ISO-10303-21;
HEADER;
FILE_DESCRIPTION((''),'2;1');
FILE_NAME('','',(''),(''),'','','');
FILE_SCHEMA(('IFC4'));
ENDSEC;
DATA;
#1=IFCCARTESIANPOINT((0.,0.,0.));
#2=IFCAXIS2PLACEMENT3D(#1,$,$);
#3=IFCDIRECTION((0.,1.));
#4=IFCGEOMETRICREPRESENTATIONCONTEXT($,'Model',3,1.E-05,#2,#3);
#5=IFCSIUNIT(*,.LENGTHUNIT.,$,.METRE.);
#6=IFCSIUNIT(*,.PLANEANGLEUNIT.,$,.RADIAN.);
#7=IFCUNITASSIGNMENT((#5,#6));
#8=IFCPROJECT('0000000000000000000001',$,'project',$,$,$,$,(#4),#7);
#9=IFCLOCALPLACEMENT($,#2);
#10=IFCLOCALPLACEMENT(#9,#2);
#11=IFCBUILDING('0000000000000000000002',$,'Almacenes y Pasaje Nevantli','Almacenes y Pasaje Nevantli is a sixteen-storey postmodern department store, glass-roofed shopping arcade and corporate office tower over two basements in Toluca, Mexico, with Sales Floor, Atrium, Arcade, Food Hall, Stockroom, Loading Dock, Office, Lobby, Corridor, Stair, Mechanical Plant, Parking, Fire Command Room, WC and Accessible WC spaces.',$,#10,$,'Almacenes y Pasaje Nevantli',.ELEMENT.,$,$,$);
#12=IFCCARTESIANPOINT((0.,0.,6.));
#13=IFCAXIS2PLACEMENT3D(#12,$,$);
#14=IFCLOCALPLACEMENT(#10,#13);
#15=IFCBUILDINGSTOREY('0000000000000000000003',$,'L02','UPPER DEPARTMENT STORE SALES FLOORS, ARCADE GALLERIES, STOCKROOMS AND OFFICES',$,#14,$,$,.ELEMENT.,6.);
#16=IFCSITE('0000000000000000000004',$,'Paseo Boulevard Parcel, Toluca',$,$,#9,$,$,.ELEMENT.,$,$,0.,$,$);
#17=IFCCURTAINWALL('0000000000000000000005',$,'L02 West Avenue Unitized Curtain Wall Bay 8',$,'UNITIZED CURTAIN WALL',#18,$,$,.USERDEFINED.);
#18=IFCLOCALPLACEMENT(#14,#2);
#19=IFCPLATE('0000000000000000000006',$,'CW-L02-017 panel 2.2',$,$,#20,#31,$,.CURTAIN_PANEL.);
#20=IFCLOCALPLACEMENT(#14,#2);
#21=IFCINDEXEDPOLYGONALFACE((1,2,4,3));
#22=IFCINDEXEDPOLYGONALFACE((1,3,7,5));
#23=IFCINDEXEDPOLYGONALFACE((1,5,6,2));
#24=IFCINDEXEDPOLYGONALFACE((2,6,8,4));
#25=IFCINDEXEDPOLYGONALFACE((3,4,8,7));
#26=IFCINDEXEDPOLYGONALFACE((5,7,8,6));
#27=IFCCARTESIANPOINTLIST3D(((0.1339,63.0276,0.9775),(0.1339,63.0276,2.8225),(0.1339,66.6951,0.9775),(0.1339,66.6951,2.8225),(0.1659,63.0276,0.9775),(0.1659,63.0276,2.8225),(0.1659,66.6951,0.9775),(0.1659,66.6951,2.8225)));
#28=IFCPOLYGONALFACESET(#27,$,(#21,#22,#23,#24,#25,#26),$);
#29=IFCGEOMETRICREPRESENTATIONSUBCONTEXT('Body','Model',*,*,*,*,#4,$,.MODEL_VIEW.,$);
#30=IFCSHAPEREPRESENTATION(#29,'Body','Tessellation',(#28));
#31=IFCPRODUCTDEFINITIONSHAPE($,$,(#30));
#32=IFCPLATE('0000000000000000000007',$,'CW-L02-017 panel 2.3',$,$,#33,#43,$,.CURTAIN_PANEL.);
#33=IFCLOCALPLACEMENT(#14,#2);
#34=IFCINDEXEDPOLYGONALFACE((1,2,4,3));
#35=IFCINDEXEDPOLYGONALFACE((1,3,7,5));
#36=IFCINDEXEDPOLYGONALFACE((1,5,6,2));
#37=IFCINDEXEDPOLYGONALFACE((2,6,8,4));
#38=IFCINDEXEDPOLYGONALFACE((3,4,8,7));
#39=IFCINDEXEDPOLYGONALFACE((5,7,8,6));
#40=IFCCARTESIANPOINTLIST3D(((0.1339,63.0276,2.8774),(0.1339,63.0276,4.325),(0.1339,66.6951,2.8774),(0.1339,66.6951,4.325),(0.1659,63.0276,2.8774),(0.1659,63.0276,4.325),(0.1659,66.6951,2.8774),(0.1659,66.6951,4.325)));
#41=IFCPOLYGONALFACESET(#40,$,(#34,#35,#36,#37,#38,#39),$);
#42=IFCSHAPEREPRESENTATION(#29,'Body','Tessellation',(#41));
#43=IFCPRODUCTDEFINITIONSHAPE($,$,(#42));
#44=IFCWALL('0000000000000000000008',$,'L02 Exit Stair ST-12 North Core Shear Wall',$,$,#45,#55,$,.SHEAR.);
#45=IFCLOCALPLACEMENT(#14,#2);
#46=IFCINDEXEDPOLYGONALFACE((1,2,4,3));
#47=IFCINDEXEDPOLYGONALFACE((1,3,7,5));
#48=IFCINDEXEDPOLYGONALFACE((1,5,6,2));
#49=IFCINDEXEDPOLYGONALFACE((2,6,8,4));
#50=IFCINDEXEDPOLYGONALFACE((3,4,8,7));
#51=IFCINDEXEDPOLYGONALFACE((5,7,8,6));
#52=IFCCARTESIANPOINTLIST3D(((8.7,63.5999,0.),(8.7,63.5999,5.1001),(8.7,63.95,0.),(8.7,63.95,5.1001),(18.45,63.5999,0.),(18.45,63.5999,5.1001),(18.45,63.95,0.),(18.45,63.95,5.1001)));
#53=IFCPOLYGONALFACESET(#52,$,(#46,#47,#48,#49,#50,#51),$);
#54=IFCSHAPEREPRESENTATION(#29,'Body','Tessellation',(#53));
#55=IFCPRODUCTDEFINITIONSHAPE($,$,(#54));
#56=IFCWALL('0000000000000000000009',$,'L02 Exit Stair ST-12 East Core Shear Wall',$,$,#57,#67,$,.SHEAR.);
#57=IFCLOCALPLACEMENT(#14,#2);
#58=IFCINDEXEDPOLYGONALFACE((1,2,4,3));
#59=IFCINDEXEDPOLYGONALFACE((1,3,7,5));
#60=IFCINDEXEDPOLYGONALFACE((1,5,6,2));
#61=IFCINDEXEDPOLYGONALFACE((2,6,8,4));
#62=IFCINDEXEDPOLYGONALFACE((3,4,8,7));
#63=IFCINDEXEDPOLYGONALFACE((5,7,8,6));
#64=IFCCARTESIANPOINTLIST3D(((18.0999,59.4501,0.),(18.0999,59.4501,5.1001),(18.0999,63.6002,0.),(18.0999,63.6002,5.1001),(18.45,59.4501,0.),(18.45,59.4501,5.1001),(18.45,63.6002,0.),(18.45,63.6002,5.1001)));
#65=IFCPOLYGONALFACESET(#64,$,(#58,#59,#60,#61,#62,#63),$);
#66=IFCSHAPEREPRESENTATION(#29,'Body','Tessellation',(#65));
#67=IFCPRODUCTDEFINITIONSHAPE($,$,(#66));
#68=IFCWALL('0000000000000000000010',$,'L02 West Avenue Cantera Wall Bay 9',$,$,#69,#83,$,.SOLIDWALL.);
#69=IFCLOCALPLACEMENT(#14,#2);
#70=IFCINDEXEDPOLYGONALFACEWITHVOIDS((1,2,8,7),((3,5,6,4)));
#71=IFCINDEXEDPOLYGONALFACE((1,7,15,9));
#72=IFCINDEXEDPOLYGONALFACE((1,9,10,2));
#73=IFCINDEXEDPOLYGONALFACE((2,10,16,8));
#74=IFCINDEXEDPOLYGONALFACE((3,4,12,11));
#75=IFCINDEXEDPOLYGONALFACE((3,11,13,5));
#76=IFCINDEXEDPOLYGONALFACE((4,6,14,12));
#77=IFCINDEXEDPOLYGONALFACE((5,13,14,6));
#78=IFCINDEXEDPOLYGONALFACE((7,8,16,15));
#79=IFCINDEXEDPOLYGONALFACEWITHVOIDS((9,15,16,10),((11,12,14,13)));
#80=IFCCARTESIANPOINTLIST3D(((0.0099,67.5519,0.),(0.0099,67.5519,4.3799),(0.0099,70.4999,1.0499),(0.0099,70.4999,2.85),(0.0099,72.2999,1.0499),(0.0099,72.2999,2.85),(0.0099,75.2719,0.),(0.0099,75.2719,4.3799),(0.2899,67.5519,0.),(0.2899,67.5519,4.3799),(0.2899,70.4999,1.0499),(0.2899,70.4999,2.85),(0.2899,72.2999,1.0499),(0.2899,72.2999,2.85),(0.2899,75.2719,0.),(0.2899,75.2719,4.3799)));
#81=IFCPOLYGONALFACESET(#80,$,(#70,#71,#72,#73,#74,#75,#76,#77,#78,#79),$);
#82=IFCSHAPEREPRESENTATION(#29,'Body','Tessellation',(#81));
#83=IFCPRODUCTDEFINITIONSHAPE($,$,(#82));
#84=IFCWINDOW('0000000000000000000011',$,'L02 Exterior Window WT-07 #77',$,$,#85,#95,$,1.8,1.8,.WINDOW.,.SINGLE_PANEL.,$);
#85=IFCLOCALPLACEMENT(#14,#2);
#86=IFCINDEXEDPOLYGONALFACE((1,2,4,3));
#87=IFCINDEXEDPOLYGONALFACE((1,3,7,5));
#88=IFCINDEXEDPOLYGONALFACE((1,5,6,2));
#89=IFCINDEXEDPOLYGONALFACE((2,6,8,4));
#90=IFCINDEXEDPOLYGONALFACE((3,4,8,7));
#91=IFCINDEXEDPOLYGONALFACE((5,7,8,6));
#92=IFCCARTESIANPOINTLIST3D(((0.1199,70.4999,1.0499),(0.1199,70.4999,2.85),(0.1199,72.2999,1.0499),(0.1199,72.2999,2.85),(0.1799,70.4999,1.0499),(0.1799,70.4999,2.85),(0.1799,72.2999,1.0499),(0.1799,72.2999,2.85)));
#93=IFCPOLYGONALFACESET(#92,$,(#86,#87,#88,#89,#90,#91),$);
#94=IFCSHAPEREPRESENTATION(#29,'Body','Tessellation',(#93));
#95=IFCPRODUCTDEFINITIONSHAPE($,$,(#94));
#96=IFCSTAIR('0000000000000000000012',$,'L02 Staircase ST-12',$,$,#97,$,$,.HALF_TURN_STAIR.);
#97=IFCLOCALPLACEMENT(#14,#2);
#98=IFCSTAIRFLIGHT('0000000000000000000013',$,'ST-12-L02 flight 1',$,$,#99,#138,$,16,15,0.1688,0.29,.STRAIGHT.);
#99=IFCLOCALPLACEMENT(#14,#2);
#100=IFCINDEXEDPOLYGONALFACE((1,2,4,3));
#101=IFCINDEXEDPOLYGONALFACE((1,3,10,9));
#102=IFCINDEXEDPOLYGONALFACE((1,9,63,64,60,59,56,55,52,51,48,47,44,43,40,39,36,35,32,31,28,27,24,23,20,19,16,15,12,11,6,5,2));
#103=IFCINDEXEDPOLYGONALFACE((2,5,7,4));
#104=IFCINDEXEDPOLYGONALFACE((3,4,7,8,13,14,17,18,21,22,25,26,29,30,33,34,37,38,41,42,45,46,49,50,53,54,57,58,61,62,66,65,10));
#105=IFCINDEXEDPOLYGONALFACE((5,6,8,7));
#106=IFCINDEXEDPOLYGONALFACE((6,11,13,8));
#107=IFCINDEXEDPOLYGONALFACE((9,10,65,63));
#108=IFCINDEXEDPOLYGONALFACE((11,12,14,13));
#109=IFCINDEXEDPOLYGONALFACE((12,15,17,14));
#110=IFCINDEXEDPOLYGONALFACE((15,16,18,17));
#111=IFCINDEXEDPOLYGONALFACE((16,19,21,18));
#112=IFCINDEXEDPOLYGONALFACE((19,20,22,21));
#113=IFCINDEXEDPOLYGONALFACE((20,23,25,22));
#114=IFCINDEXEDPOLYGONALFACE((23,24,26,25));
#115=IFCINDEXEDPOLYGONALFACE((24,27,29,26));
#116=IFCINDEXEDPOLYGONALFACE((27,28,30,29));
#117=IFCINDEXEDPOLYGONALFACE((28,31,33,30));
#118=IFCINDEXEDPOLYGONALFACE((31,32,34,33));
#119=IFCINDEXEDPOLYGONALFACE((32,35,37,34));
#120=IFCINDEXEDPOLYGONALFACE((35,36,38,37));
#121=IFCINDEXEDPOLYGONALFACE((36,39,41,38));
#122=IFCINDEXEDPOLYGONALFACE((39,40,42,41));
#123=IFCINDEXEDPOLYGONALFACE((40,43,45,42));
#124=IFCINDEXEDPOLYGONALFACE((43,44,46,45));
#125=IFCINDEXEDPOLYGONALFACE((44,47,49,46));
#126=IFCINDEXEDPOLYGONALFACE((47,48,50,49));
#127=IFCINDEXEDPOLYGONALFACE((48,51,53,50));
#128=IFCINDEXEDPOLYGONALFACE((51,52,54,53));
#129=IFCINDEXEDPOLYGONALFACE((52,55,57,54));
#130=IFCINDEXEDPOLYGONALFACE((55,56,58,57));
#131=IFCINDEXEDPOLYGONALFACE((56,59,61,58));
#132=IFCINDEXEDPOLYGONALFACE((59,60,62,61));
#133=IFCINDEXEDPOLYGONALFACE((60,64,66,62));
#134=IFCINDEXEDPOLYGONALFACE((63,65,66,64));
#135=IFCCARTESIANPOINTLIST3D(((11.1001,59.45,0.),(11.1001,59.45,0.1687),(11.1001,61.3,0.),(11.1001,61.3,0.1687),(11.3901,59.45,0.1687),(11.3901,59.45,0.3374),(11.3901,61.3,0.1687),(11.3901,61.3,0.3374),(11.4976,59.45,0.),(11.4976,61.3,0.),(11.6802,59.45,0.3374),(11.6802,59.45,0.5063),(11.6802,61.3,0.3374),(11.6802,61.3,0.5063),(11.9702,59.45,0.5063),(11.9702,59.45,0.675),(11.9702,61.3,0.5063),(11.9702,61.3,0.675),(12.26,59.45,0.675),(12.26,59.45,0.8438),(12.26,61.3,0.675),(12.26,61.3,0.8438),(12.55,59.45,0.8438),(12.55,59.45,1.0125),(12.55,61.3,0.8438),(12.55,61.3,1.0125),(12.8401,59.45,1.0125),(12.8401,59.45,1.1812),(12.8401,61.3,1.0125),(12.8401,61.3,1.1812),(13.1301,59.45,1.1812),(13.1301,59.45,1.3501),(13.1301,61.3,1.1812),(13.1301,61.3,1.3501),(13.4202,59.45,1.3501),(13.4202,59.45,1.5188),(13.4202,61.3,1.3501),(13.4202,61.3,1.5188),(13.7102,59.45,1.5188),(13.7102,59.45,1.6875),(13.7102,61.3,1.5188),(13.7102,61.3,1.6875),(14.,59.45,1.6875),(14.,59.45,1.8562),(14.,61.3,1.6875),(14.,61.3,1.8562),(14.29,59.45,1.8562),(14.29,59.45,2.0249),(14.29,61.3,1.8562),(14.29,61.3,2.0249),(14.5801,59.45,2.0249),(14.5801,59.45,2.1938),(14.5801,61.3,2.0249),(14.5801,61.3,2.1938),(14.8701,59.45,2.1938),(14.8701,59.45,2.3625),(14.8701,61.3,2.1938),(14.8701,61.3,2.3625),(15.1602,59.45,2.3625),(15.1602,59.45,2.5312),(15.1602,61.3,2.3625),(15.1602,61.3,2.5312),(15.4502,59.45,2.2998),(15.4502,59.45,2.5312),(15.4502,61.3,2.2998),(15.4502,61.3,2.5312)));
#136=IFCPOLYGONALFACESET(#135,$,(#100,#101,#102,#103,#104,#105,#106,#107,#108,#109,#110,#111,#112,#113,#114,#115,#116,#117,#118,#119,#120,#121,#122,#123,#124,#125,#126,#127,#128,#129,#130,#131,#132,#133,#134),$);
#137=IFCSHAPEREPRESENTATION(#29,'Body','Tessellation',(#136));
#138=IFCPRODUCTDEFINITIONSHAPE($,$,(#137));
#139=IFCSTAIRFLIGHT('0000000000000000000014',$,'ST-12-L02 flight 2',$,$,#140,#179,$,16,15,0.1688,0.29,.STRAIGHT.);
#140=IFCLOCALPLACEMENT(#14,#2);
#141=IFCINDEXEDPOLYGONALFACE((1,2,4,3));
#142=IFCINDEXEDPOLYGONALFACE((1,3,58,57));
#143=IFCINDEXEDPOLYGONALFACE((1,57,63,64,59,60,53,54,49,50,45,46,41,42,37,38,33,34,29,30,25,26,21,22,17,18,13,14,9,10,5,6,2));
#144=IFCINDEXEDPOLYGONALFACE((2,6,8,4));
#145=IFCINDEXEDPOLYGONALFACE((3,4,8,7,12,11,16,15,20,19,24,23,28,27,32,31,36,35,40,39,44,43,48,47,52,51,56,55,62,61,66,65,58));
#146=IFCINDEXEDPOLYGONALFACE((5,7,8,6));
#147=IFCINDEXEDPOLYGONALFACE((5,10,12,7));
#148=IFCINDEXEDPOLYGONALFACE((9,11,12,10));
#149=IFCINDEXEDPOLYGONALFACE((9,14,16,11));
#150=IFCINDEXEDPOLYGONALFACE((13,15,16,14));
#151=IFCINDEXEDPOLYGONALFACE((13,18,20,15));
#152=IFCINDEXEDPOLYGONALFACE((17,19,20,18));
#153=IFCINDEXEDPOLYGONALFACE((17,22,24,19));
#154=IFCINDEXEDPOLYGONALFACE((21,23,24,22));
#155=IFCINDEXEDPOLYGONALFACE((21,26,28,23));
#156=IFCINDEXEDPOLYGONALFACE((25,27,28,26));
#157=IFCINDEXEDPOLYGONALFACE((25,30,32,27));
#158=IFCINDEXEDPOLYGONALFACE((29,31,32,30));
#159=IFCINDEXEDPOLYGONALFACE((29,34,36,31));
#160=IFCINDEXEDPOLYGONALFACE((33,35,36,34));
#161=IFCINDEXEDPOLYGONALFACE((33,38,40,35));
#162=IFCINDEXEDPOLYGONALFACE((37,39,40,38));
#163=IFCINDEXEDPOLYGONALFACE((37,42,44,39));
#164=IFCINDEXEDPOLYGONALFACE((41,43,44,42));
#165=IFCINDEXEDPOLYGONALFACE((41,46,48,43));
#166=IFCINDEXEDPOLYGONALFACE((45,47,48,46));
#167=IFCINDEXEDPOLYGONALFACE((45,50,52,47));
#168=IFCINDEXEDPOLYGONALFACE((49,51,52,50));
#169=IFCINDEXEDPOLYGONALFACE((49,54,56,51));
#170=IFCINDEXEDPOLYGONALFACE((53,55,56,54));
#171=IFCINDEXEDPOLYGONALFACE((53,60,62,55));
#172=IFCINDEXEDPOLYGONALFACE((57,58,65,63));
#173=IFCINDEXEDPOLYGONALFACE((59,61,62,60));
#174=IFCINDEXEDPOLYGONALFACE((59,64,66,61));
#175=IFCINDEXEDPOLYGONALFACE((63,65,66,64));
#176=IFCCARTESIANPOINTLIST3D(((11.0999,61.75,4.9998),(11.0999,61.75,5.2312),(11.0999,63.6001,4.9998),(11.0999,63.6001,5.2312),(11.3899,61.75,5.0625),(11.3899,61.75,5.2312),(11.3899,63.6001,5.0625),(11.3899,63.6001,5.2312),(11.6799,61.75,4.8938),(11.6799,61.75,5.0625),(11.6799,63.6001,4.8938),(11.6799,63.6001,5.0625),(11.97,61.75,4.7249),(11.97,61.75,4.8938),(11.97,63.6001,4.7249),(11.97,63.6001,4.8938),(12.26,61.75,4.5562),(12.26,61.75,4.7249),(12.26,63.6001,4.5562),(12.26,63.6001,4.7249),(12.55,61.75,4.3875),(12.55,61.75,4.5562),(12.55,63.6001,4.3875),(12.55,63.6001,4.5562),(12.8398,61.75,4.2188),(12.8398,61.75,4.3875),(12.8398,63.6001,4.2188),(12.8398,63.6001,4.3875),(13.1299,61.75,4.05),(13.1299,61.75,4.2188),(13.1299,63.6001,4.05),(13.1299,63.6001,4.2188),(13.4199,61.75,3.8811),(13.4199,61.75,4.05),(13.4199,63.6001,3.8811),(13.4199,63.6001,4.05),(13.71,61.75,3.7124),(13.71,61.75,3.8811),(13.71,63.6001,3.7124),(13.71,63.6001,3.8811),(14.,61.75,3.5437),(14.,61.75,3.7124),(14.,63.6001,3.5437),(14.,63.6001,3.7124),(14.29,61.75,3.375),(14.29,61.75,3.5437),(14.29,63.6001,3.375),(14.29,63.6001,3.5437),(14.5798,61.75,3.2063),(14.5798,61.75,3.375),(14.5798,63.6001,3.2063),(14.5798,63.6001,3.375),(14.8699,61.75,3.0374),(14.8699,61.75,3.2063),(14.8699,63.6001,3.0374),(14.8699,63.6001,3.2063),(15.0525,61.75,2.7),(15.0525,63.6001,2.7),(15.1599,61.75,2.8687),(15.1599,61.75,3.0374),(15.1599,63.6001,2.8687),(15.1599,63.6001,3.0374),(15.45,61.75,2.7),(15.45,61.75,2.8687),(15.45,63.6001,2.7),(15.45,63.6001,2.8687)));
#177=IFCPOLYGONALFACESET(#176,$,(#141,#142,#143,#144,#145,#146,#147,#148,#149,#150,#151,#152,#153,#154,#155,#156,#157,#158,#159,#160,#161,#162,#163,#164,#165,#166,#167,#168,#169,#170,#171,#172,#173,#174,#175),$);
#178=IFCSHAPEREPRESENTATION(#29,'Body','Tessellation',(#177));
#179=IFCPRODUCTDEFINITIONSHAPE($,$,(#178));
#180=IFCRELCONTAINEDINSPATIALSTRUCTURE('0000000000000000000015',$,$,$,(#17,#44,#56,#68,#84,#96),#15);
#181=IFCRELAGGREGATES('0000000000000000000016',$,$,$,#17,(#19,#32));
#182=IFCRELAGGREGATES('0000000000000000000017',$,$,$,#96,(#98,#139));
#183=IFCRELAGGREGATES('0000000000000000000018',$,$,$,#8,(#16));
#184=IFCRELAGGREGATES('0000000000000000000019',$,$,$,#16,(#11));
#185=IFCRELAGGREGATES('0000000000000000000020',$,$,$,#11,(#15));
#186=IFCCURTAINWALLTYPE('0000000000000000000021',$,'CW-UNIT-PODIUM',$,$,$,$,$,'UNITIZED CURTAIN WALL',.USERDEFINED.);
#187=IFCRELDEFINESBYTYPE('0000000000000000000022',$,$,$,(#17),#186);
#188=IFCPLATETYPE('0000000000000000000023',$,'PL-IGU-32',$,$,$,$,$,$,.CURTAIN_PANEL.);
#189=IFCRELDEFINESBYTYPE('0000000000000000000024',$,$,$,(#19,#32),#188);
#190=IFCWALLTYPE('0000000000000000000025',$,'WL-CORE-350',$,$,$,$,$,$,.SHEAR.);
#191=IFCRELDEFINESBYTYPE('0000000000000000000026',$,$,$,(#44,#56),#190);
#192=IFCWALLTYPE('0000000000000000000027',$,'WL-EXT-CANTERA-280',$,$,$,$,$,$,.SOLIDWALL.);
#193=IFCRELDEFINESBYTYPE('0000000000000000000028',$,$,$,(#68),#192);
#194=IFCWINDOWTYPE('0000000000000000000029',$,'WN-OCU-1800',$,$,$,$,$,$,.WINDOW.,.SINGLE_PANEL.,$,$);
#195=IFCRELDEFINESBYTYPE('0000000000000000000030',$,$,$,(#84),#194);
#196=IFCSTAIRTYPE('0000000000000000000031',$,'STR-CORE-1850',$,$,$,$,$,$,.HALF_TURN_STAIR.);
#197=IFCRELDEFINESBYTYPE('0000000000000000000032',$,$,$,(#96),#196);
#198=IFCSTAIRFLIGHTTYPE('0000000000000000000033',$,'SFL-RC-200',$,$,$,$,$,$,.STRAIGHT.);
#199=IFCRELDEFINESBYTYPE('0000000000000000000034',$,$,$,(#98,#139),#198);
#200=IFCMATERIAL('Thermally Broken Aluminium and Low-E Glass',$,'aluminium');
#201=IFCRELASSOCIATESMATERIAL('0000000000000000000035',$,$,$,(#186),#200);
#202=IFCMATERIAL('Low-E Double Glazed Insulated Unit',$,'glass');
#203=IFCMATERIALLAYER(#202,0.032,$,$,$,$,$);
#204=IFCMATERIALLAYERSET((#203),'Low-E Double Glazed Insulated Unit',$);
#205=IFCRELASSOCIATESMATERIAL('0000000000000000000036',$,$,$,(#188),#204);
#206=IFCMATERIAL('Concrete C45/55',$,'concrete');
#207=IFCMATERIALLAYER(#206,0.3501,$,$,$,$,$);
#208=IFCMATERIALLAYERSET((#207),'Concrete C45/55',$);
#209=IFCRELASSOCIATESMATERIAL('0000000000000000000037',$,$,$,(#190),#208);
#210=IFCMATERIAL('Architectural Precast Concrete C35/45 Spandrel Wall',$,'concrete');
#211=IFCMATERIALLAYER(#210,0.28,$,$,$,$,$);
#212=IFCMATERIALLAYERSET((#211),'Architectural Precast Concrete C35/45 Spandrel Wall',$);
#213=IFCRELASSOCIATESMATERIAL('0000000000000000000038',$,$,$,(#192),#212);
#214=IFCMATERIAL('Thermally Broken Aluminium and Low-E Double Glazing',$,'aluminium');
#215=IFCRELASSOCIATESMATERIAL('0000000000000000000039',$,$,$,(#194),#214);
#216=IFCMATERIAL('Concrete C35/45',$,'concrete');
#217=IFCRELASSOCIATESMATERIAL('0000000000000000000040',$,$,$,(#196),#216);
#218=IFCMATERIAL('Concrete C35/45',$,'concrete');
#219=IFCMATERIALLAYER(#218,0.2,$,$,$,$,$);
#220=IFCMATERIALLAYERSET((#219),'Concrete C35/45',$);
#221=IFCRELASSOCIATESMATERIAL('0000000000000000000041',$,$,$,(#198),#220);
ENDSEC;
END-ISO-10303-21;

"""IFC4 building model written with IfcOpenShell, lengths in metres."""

from ifc_helpers import new_model, si_unit, direction, frame, frame_2d, origin, origin_2d, place, context, subcontext, project, spatial, polyline, rectangle, outline, extrude, material, layer, layer_set, type_object, element, fill, aggregate, save


model = new_model("IFC4")

# Units and contexts
model_context = context("Model", 3, precision=1e-05, world=origin(), true_north=direction((0.0, 1.0)))
body_context = subcontext(model_context, "Body", "Model", "MODEL_VIEW")
ifc_project = project(units=[si_unit("LENGTHUNIT", "METRE"), si_unit("PLANEANGLEUNIT", "RADIAN")], contexts=[model_context])

# Site, building, storey
site_placement = place(None, origin())
site = spatial("IfcSite", under=ifc_project, at=site_placement, Name="Paseo Boulevard Parcel, Toluca", CompositionType="ELEMENT", RefElevation=0.0)
building_placement = place(site_placement, origin())
building = spatial("IfcBuilding", under=site, at=building_placement, Name="Almacenes y Pasaje Nevantli", Description="Almacenes y Pasaje Nevantli is a sixteen-storey postmodern department store, glass-roofed shopping arcade and corporate office tower over two basements in Toluca, Mexico, with Sales Floor, Atrium, Arcade, Food Hall, Stockroom, Loading Dock, Office, Lobby, Corridor, Stair, Mechanical Plant, Parking, Fire Command Room, WC and Accessible WC spaces.", LongName="Almacenes y Pasaje Nevantli", CompositionType="ELEMENT")
storey_placement = place(building_placement, frame((0.0, 0.0, 6.0)))
storey = spatial("IfcBuildingStorey", under=building, at=storey_placement, Name="L02", Description="UPPER DEPARTMENT STORE SALES FLOORS, ARCADE GALLERIES, STOCKROOMS AND OFFICES", CompositionType="ELEMENT", Elevation=6.0)

# Curtain wall, plates
ifc_material_1 = material(Name="Thermally Broken Aluminium and Low-E Glass", Category="aluminium")
curtain_wall_type = type_object("IfcCurtainWallType", Name="CW-UNIT-PODIUM", ElementType="UNITIZED CURTAIN WALL", PredefinedType="USERDEFINED", material=ifc_material_1)
curtain_wall_placement = place(storey_placement, origin())
curtain_wall = element("IfcCurtainWall", 1, at=curtain_wall_placement, inside=storey, type_object=curtain_wall_type, Name="L02 West Avenue Unitized Curtain Wall Bay 8", ObjectType="UNITIZED CURTAIN WALL", PredefinedType="USERDEFINED")
ifc_material_2 = material(Name="Low-E Double Glazed Insulated Unit", Category="glass")
ifc_layer_1 = layer(ifc_material_2, 0.032)
ifc_layer_set_1 = layer_set([ifc_layer_1], Name="Low-E Double Glazed Insulated Unit")
plate_type = type_object("IfcPlateType", Name="PL-IGU-32", PredefinedType="CURTAIN_PANEL", material=ifc_layer_set_1)
plate_1_placement = place(storey_placement, frame((0.1499, 64.8613, 0.9775), z_axis=(0.0, 0.0, 1.0), x_axis=(0.0, 1.0, 0.0)))
plate_1 = element("IfcPlate", 2, at=plate_1_placement, type_object=plate_type, Name="CW-L02-017 panel 2.2", PredefinedType="CURTAIN_PANEL", context=body_context, shape_type="SweptSolid", body=[
    extrude(rectangle(XDim=3.6675, YDim=0.032, at=origin_2d()), origin(), (0.0, 0.0, 1.0), 1.845),
])
plate_2_placement = place(storey_placement, frame((0.1499, 64.8613, 2.8774), z_axis=(0.0, 0.0, 1.0), x_axis=(0.0, 1.0, 0.0)))
plate_2 = element("IfcPlate", 3, at=plate_2_placement, type_object=plate_type, Name="CW-L02-017 panel 2.3", PredefinedType="CURTAIN_PANEL", context=body_context, shape_type="SweptSolid", body=[
    extrude(rectangle(XDim=3.6675, YDim=0.032, at=origin_2d()), origin(), (0.0, 0.0, 1.0), 1.4475),
])
aggregate(curtain_wall, [plate_1, plate_2])

# Walls
ifc_material_3 = material(Name="Concrete C45/55", Category="concrete")
ifc_layer_2 = layer(ifc_material_3, 0.3501)
ifc_layer_set_2 = layer_set([ifc_layer_2], Name="Concrete C45/55")
wall_type_1 = type_object("IfcWallType", Name="WL-CORE-350", PredefinedType="SHEAR", material=ifc_layer_set_2)
wall_1_placement = place(storey_placement, frame((8.7, 63.7749, 0.0), z_axis=(0.0, 0.0, 1.0), x_axis=(1.0, 0.0, 0.0)))
element("IfcWall", 4, at=wall_1_placement, inside=storey, type_object=wall_type_1, Name="L02 Exit Stair ST-12 North Core Shear Wall", PredefinedType="SHEAR", context=body_context, shape_type="SweptSolid", body=[
    extrude(rectangle(XDim=9.75, YDim=0.3501, at=frame_2d((4.875, 0.0))), origin(), (0.0, 0.0, 1.0), 5.1001),
])
wall_2_placement = place(storey_placement, frame((18.2749, 59.45, 0.0), z_axis=(0.0, 0.0, 1.0), x_axis=(0.0, 1.0, 0.0)))
element("IfcWall", 5, at=wall_2_placement, inside=storey, type_object=wall_type_1, Name="L02 Exit Stair ST-12 East Core Shear Wall", PredefinedType="SHEAR", context=body_context, shape_type="SweptSolid", body=[
    extrude(rectangle(XDim=4.1501, YDim=0.3501, at=frame_2d((2.0752, 0.0))), origin(), (0.0, 0.0, 1.0), 5.1001),
])

# Wall, opening, window
ifc_material_4 = material(Name="Architectural Precast Concrete C35/45 Spandrel Wall", Category="concrete")
ifc_layer_3 = layer(ifc_material_4, 0.28)
ifc_layer_set_3 = layer_set([ifc_layer_3], Name="Architectural Precast Concrete C35/45 Spandrel Wall")
wall_type_2 = type_object("IfcWallType", Name="WL-EXT-CANTERA-280", PredefinedType="SOLIDWALL", material=ifc_layer_set_3)
wall_3_placement = place(storey_placement, frame((0.1499, 67.552, 0.0), z_axis=(0.0, 0.0, 1.0), x_axis=(0.0, 1.0, 0.0)))
wall_3 = element("IfcWall", 6, at=wall_3_placement, inside=storey, type_object=wall_type_2, Name="L02 West Avenue Cantera Wall Bay 9", PredefinedType="SOLIDWALL", context=body_context, shape_type="SweptSolid", body=[
    extrude(rectangle(XDim=7.72, YDim=0.28, at=frame_2d((3.8599, 0.0))), origin(), (0.0, 0.0, 1.0), 4.3799),
])
opening_placement = place(wall_3_placement, frame((2.948, 0.0, 1.05)))
opening = element("IfcOpeningElement", 7, at=opening_placement, cuts=wall_3, PredefinedType="OPENING", context=body_context, shape_type="SweptSolid", body=[
    extrude(rectangle(XDim=1.8, YDim=1.8, at=frame_2d((0.8999, 0.8999))), frame((0.0, 0.1499, 0.0), z_axis=(0.0, -1.0, 0.0), x_axis=(1.0, 0.0, 0.0)), (0.0, 0.0, 1.0), 0.3),
])
ifc_material_5 = material(Name="Thermally Broken Aluminium and Low-E Double Glazing", Category="aluminium")
window_type = type_object("IfcWindowType", Name="WN-OCU-1800", PartitioningType="SINGLE_PANEL", PredefinedType="WINDOW", material=ifc_material_5)
window_placement = place(opening_placement, origin())
window = element("IfcWindow", 8, at=window_placement, inside=storey, type_object=window_type, Name="L02 Exterior Window WT-07 #77", OverallHeight=1.8, OverallWidth=1.8, PartitioningType="SINGLE_PANEL", PredefinedType="WINDOW", context=body_context, shape_type="SweptSolid", body=[
    extrude(rectangle(XDim=1.8, YDim=1.8, at=frame_2d((0.8999, 0.8999))), frame((0.0, 0.03, 0.0), z_axis=(0.0, -1.0, 0.0), x_axis=(1.0, 0.0, 0.0)), (0.0, 0.0, 1.0), 0.0601),
])
fill(opening, window)

# Stair, stair flights
ifc_material_6 = material(Name="Concrete C35/45", Category="concrete")
stair_type = type_object("IfcStairType", Name="STR-CORE-1850", PredefinedType="HALF_TURN_STAIR", material=ifc_material_6)
stair_placement = place(storey_placement, origin())
stair = element("IfcStair", 9, at=stair_placement, inside=storey, type_object=stair_type, Name="L02 Staircase ST-12", PredefinedType="HALF_TURN_STAIR")
ifc_material_7 = material(Name="Concrete C35/45", Category="concrete")
ifc_layer_4 = layer(ifc_material_7, 0.2)
ifc_layer_set_4 = layer_set([ifc_layer_4], Name="Concrete C35/45")
stair_flight_type = type_object("IfcStairFlightType", Name="SFL-RC-200", PredefinedType="STRAIGHT", material=ifc_layer_set_4)
stair_flight_1_placement = place(storey_placement, frame((11.1001, 60.375, 0.0), z_axis=(0.0, 0.0, 1.0), x_axis=(1.0, 0.0, 0.0)))
stair_flight_1 = element("IfcStairFlight", 10, at=stair_flight_1_placement, type_object=stair_flight_type, Name="ST-12-L02 flight 1", NumberOfRisers=16, NumberOfTreads=15, PredefinedType="STRAIGHT", RiserHeight=0.1688, TreadLength=0.29, context=body_context, shape_type="SweptSolid", body=[
    extrude(outline(polyline([(0.0, 0.0), (0.0, 0.1687), (0.29, 0.1687), (0.29, 0.3374), (0.5801, 0.3374), (0.5801, 0.5063), (0.8701, 0.5063), (0.8701, 0.675), (1.1599, 0.675), (1.1599, 0.8438), (1.45, 0.8438), (1.45, 1.0125), (1.74, 1.0125), (1.74, 1.1812), (2.03, 1.1812), (2.03, 1.3501), (2.3201, 1.3501), (2.3201, 1.5188), (2.6101, 1.5188), (2.6101, 1.6875), (2.8999, 1.6875), (2.8999, 1.8562), (3.1899, 1.8562), (3.1899, 2.0249), (3.48, 2.0249), (3.48, 2.1938), (3.77, 2.1938), (3.77, 2.3625), (4.0601, 2.3625), (4.0601, 2.5312), (4.3501, 2.5312), (4.3501, 2.7), (4.3501, 2.2998), (0.3975, 0.0), (0.0, 0.0)])), frame((0.0, 0.925, 0.0), z_axis=(0.0, -1.0, 0.0), x_axis=(1.0, 0.0, 0.0)), (0.0, 0.0, 1.0), 1.8501),
])
stair_flight_2_placement = place(storey_placement, frame((15.45, 62.675, 2.7), z_axis=(0.0, 0.0, 1.0), x_axis=(-1.0, 0.0, 0.0)))
stair_flight_2 = element("IfcStairFlight", 11, at=stair_flight_2_placement, type_object=stair_flight_type, Name="ST-12-L02 flight 2", NumberOfRisers=16, NumberOfTreads=15, PredefinedType="STRAIGHT", RiserHeight=0.1688, TreadLength=0.29, context=body_context, shape_type="SweptSolid", body=[
    extrude(outline(polyline([(0.0, 0.0), (0.0, 0.1687), (0.29, 0.1687), (0.29, 0.3374), (0.5801, 0.3374), (0.5801, 0.5063), (0.8701, 0.5063), (0.8701, 0.675), (1.1599, 0.675), (1.1599, 0.8438), (1.45, 0.8438), (1.45, 1.0125), (1.74, 1.0125), (1.74, 1.1812), (2.03, 1.1812), (2.03, 1.3501), (2.3201, 1.3501), (2.3201, 1.5188), (2.6101, 1.5188), (2.6101, 1.6875), (2.8999, 1.6875), (2.8999, 1.8562), (3.1899, 1.8562), (3.1899, 2.0249), (3.48, 2.0249), (3.48, 2.1938), (3.77, 2.1938), (3.77, 2.3625), (4.0601, 2.3625), (4.0601, 2.5312), (4.3501, 2.5312), (4.3501, 2.7), (4.3501, 2.2998), (0.3975, 0.0), (0.0, 0.0)])), frame((0.0, 0.925, 0.0), z_axis=(0.0, -1.0, 0.0), x_axis=(1.0, 0.0, 0.0)), (0.0, 0.0, 1.0), 1.8501),
])
aggregate(stair, [stair_flight_1, stair_flight_2])

save(model, "model.ifc")
